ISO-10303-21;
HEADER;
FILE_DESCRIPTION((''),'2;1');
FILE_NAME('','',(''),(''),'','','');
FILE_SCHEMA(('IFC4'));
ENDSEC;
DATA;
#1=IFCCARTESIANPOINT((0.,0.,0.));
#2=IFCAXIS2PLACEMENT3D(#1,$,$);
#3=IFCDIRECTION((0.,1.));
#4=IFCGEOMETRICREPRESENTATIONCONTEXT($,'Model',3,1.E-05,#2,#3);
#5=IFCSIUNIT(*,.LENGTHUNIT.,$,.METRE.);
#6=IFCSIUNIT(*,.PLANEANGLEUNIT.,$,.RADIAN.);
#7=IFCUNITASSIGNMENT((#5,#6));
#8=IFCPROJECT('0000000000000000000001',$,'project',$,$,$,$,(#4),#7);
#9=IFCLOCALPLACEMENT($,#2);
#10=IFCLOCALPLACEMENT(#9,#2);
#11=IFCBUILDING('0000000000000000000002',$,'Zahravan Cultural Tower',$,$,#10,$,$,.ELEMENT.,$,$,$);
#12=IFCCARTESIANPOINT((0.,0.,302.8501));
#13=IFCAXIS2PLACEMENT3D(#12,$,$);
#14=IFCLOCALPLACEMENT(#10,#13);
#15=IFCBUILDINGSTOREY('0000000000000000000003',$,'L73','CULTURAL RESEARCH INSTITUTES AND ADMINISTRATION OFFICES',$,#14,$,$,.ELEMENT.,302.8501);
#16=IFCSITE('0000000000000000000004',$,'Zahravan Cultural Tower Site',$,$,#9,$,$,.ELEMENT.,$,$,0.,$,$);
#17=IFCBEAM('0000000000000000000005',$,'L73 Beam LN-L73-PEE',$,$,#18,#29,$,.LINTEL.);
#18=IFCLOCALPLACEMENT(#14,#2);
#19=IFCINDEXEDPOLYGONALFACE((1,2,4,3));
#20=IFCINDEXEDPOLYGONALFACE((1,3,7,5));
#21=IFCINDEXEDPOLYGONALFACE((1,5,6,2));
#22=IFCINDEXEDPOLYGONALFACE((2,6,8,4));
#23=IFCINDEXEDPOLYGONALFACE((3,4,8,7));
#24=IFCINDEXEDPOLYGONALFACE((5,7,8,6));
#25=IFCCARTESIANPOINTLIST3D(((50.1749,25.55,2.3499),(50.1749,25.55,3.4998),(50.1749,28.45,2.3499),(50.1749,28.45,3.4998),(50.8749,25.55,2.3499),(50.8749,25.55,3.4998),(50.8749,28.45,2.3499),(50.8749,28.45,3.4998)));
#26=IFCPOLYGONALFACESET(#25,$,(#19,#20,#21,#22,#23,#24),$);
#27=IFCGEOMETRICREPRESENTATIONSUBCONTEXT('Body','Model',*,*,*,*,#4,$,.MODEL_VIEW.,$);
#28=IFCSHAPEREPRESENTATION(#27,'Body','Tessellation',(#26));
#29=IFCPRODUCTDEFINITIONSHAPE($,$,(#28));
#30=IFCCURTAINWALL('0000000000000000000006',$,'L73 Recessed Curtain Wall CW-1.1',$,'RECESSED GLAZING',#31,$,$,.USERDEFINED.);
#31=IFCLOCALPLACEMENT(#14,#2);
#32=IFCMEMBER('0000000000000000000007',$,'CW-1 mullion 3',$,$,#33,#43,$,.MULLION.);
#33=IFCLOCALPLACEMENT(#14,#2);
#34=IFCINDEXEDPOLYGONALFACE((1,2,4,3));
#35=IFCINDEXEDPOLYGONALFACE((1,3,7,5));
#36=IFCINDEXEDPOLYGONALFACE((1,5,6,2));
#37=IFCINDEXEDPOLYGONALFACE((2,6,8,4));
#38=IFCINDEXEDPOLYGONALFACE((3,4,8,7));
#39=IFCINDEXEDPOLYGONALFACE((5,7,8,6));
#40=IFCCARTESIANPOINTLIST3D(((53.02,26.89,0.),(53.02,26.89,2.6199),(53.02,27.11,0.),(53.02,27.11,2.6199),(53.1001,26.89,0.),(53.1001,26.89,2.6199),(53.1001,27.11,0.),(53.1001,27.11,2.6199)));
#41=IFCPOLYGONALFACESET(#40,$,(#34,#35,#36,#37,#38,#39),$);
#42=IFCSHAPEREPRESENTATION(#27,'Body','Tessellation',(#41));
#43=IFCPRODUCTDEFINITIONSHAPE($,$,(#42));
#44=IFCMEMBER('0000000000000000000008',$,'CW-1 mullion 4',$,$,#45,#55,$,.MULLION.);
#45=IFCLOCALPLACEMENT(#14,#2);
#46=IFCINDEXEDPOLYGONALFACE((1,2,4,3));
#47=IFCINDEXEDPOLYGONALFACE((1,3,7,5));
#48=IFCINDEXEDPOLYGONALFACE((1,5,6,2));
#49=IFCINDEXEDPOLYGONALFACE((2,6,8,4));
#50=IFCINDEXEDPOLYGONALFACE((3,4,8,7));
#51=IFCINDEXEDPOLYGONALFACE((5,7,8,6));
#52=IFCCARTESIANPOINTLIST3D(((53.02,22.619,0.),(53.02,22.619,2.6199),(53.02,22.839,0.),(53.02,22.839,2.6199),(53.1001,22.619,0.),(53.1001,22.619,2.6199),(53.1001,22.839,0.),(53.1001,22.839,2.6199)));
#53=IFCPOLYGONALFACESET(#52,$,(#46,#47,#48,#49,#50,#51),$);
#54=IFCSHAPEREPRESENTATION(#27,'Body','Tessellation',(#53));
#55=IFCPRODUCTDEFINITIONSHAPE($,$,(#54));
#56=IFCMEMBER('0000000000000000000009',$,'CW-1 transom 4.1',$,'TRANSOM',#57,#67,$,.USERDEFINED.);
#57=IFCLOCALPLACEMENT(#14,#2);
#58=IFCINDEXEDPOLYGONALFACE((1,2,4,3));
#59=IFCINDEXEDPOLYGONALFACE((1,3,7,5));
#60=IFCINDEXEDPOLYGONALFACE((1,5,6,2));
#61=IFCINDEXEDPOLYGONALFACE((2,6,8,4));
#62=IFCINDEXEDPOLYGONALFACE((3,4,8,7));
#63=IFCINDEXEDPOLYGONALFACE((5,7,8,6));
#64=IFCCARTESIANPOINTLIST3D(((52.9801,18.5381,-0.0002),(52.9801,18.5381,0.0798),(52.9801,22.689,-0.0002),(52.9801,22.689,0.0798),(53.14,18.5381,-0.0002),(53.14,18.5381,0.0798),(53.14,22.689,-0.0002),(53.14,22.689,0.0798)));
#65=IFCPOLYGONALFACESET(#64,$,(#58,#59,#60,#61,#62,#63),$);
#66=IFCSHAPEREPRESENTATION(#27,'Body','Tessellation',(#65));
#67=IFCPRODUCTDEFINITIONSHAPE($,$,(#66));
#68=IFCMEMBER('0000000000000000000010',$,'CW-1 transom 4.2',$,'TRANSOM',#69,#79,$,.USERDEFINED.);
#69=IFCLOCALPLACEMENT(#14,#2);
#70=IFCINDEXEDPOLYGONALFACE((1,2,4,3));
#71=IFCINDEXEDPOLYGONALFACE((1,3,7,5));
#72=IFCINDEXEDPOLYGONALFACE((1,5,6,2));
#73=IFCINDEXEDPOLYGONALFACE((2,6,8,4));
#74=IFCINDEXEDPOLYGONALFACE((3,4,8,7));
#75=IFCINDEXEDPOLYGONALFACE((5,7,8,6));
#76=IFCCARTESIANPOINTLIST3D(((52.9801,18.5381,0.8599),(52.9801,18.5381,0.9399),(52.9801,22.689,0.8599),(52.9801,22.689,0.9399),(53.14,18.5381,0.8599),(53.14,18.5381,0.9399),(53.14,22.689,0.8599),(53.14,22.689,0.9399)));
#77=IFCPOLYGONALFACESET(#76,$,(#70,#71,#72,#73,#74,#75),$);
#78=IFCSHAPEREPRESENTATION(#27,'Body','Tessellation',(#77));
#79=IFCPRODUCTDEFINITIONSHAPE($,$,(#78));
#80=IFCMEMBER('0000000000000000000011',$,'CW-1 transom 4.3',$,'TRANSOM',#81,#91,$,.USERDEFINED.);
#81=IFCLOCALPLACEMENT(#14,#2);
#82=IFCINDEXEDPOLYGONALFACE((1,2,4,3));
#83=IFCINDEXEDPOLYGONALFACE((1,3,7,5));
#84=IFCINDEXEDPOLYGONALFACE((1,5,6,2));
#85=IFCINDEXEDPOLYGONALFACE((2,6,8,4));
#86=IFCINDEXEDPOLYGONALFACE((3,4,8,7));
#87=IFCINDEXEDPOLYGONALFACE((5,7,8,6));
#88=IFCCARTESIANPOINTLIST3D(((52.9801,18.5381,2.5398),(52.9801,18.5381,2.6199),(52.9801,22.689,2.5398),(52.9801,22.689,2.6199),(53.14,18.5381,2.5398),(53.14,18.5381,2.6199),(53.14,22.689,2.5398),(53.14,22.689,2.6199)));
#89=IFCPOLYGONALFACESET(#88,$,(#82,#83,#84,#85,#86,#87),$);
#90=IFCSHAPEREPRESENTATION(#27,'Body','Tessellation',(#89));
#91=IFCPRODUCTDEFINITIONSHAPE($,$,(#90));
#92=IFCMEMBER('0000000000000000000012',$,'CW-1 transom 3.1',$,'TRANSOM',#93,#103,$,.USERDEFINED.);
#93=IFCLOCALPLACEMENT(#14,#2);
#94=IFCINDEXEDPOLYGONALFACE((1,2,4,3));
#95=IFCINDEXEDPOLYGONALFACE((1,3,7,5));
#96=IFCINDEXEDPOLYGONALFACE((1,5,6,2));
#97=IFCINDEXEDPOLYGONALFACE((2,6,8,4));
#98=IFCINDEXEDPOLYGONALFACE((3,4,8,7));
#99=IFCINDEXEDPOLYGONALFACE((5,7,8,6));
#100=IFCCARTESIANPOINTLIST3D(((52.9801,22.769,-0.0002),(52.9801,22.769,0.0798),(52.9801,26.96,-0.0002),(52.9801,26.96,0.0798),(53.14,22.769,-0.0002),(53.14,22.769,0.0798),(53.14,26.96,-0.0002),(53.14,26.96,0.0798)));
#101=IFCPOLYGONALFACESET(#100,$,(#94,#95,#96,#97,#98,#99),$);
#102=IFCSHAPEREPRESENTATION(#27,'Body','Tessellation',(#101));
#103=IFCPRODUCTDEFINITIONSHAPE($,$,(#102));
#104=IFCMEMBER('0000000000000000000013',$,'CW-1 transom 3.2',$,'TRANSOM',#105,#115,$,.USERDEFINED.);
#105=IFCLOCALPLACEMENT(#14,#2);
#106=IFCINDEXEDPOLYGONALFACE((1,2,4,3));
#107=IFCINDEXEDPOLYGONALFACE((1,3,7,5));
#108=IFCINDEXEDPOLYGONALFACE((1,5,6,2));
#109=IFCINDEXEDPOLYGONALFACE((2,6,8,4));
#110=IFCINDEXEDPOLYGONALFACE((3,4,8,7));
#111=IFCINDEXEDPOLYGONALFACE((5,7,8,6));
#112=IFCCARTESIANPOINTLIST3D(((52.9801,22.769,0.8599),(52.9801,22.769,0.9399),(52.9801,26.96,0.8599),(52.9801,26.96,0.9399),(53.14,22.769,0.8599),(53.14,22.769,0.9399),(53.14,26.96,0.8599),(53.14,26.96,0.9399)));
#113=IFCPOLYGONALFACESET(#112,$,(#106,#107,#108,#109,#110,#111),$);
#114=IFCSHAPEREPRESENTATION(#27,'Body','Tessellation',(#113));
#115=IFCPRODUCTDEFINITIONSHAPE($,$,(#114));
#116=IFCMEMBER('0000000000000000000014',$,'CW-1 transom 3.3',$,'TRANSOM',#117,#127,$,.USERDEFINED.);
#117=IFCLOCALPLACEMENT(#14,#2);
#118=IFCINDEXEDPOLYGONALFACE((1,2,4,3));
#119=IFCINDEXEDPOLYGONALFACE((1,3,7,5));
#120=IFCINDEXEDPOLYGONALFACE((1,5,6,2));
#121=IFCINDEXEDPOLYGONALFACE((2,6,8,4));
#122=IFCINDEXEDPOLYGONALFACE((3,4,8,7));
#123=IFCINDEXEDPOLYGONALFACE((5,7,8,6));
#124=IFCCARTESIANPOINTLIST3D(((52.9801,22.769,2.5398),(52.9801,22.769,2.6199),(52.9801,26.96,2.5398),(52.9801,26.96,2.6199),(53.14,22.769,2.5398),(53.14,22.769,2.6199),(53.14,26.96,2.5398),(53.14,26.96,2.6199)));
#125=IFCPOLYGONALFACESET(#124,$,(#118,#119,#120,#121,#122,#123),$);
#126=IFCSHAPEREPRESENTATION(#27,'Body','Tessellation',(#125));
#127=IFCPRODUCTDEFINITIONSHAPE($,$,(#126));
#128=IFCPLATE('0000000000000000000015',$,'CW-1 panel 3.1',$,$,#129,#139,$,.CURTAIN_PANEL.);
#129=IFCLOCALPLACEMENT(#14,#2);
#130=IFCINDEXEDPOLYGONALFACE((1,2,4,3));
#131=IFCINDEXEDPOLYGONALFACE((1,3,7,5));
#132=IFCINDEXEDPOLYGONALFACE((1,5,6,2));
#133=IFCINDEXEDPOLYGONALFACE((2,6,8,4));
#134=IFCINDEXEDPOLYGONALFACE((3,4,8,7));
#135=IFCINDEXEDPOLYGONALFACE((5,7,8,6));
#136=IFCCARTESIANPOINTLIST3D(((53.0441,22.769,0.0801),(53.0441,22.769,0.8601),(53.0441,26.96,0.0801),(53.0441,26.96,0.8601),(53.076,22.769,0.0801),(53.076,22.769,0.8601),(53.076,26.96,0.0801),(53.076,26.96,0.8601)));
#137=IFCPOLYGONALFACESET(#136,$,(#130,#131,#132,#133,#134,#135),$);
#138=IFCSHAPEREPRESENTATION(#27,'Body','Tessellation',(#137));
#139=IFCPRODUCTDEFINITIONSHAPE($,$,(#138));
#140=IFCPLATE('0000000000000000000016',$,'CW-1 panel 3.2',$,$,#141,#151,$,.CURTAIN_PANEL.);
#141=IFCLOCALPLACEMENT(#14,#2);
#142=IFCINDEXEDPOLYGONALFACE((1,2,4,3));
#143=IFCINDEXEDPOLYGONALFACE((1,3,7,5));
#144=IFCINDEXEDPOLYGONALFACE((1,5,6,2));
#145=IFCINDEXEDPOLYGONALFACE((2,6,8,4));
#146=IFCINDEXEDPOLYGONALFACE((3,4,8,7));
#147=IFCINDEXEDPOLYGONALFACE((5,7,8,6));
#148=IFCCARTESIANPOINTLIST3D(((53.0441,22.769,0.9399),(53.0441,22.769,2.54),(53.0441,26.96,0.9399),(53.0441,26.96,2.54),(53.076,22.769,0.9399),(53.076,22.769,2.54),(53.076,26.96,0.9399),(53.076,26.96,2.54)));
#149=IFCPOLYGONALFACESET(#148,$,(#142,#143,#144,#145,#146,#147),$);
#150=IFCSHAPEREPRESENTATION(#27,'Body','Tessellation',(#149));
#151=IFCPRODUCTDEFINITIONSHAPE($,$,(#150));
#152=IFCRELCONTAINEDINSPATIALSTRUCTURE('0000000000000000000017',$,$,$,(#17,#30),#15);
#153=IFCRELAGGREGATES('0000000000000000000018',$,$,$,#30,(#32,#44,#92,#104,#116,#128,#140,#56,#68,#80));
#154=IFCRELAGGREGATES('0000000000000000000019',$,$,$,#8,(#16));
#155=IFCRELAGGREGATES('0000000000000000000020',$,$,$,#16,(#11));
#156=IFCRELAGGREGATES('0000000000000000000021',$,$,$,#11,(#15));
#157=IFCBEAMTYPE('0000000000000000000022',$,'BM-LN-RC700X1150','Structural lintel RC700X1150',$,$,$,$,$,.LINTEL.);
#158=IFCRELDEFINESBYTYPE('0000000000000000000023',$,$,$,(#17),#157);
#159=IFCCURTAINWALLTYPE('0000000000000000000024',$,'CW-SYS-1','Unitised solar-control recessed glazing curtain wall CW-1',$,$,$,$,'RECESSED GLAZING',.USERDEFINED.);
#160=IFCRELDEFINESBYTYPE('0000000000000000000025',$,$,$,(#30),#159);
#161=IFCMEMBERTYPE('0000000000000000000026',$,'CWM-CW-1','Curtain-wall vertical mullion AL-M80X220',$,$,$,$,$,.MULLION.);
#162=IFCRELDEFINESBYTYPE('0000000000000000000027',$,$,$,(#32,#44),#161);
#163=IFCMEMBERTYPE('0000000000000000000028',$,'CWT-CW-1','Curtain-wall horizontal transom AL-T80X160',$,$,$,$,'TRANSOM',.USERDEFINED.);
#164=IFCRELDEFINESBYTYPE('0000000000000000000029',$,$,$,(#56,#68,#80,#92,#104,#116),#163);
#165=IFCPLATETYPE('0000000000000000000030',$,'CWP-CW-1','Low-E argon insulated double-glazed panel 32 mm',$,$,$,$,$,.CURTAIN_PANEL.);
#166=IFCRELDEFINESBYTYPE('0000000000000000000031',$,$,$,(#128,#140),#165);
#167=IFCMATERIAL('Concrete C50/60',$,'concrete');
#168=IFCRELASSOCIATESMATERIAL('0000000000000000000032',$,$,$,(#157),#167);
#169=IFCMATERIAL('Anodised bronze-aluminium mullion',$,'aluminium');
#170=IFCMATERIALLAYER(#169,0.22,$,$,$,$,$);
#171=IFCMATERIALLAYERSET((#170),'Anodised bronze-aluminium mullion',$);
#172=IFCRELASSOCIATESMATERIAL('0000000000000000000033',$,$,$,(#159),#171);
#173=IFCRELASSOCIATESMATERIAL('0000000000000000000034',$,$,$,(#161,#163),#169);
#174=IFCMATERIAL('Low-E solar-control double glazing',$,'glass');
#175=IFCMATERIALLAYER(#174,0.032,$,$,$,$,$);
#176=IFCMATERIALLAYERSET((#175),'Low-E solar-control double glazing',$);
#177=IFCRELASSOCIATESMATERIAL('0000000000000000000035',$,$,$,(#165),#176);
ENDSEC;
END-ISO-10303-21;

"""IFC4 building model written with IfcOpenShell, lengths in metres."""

from ifc_helpers import new_model, si_unit, direction, frame, origin, origin_2d, place, context, subcontext, project, spatial, rectangle, extrude, source, transform, mapped, material, layer, layer_set, material_profile, profile_set, type_object, element, aggregate, save


model = new_model("IFC4")

# Units and contexts
model_context = context("Model", 3, precision=1e-05, world=origin(), true_north=direction((0.0, 1.0)))
body_context = subcontext(model_context, "Body", "Model", "MODEL_VIEW")
ifc_project = project(units=[si_unit("LENGTHUNIT", "METRE"), si_unit("PLANEANGLEUNIT", "RADIAN")], contexts=[model_context])

# Site, building, storey
site_placement = place(None, origin())
site = spatial("IfcSite", under=ifc_project, at=site_placement, Name="Zahravan Cultural Tower Site", CompositionType="ELEMENT", RefElevation=0.0)
building_placement = place(site_placement, origin())
building = spatial("IfcBuilding", under=site, at=building_placement, Name="Zahravan Cultural Tower", CompositionType="ELEMENT")
storey_placement = place(building_placement, frame((0.0, 0.0, 302.8501)))
storey = spatial("IfcBuildingStorey", under=building, at=storey_placement, Name="L73", Description="CULTURAL RESEARCH INSTITUTES AND ADMINISTRATION OFFICES", CompositionType="ELEMENT", Elevation=302.8501)

# Beam
ifc_material_1 = material(Name="Concrete C50/60", Category="concrete")
ifc_material_profile_1 = material_profile(ifc_material_1, rectangle(XDim=0.7, YDim=1.1499, at=origin_2d()), Name="RC700X1150")
ifc_profile_set_1 = profile_set([ifc_material_profile_1], Name="Concrete C50/60")
beam_type = type_object("IfcBeamType", Name="BM-LN-RC700X1150", Description="Structural lintel RC700X1150", PredefinedType="LINTEL", material=ifc_profile_set_1)
shared_shape_1 = source(origin(), body_context, "Body", "SweptSolid", [
    extrude(rectangle(XDim=0.7, YDim=1.1499, at=origin_2d()), origin(), (0.0, 0.0, 1.0), 2.8999),
])
beam_placement = place(storey_placement, frame((50.5249, 25.55, 2.9248), z_axis=(0.0, 1.0, 0.0), x_axis=(-1.0, 0.0, 0.0)))
element("IfcBeam", 1, at=beam_placement, inside=storey, type_object=beam_type, Name="L73 Beam LN-L73-PEE", PredefinedType="LINTEL", context=body_context, shape_type="MappedRepresentation", body=[
    mapped(shared_shape_1, transform((0.0, 0.0, 0.0), x_axis=(1.0, 0.0, 0.0), y_axis=(0.0, 1.0, 0.0), z_axis=(0.0, 0.0, 1.0), scale=1.0)),
])

# Curtain wall, members, plates
ifc_material_2 = material(Name="Anodised bronze-aluminium mullion", Category="aluminium")
ifc_layer_1 = layer(ifc_material_2, 0.22)
ifc_layer_set_1 = layer_set([ifc_layer_1], Name="Anodised bronze-aluminium mullion")
curtain_wall_type = type_object("IfcCurtainWallType", Name="CW-SYS-1", Description="Unitised solar-control recessed glazing curtain wall CW-1", ElementType="RECESSED GLAZING", PredefinedType="USERDEFINED", material=ifc_layer_set_1)
curtain_wall_placement = place(storey_placement, origin())
curtain_wall = element("IfcCurtainWall", 2, at=curtain_wall_placement, inside=storey, type_object=curtain_wall_type, Name="L73 Recessed Curtain Wall CW-1.1", ObjectType="RECESSED GLAZING", PredefinedType="USERDEFINED")
ifc_material_profile_2 = material_profile(ifc_material_2, rectangle(XDim=0.0801, YDim=0.22, at=origin_2d()), Name="AL-M80X220")
ifc_profile_set_2 = profile_set([ifc_material_profile_2], Name="Anodised bronze-aluminium mullion")
member_type_1 = type_object("IfcMemberType", Name="CWM-CW-1", Description="Curtain-wall vertical mullion AL-M80X220", PredefinedType="MULLION", material=ifc_profile_set_2)
shared_shape_2 = source(origin(), body_context, "Body", "SweptSolid", [
    extrude(rectangle(XDim=0.0801, YDim=0.22, at=origin_2d()), origin(), (0.0, 0.0, 1.0), 2.6199),
])
member_1_placement = place(storey_placement, frame((53.0601, 27.0, 0.0), z_axis=(0.0, 0.0, 1.0), x_axis=(1.0, 0.0, 0.0)))
member_1 = element("IfcMember", 3, at=member_1_placement, type_object=member_type_1, Name="CW-1 mullion 3", PredefinedType="MULLION", context=body_context, shape_type="MappedRepresentation", body=[
    mapped(shared_shape_2, transform((0.0, 0.0, 0.0), x_axis=(1.0, 0.0, 0.0), y_axis=(0.0, 1.0, 0.0), z_axis=(0.0, 0.0, 1.0), scale=1.0)),
])
member_2_placement = place(storey_placement, frame((53.0601, 22.729, 0.0), z_axis=(0.0, 0.0, 1.0), x_axis=(1.0, 0.0, 0.0)))
member_2 = element("IfcMember", 4, at=member_2_placement, type_object=member_type_1, Name="CW-1 mullion 4", PredefinedType="MULLION", context=body_context, shape_type="MappedRepresentation", body=[
    mapped(shared_shape_2, transform((0.0, 0.0, 0.0), x_axis=(1.0, 0.0, 0.0), y_axis=(0.0, 1.0, 0.0), z_axis=(0.0, 0.0, 1.0), scale=1.0)),
])
ifc_material_profile_3 = material_profile(ifc_material_2, rectangle(XDim=0.1599, YDim=0.0801, at=origin_2d()), Name="AL-T80X160")
ifc_profile_set_3 = profile_set([ifc_material_profile_3], Name="Anodised bronze-aluminium mullion")
member_type_2 = type_object("IfcMemberType", Name="CWT-CW-1", Description="Curtain-wall horizontal transom AL-T80X160", ElementType="TRANSOM", PredefinedType="USERDEFINED", material=ifc_profile_set_3)
shared_shape_3 = source(origin(), body_context, "Body", "SweptSolid", [
    extrude(rectangle(XDim=0.1599, YDim=0.0801, at=origin_2d()), origin(), (0.0, 0.0, 1.0), 4.1509),
])
member_3_placement = place(storey_placement, frame((53.0601, 22.689, 0.0398), z_axis=(0.0, -1.0, 0.0), x_axis=(1.0, 0.0, 0.0)))
member_3 = element("IfcMember", 5, at=member_3_placement, type_object=member_type_2, Name="CW-1 transom 4.1", ObjectType="TRANSOM", PredefinedType="USERDEFINED", context=body_context, shape_type="MappedRepresentation", body=[
    mapped(shared_shape_3, transform((0.0, 0.0, 0.0), x_axis=(1.0, 0.0, 0.0), y_axis=(0.0, 1.0, 0.0), z_axis=(0.0, 0.0, 1.0), scale=1.0)),
])
member_4_placement = place(storey_placement, frame((53.0601, 22.689, 0.8999), z_axis=(0.0, -1.0, 0.0), x_axis=(1.0, 0.0, 0.0)))
member_4 = element("IfcMember", 6, at=member_4_placement, type_object=member_type_2, Name="CW-1 transom 4.2", ObjectType="TRANSOM", PredefinedType="USERDEFINED", context=body_context, shape_type="MappedRepresentation", body=[
    mapped(shared_shape_3, transform((0.0, 0.0, 0.0), x_axis=(1.0, 0.0, 0.0), y_axis=(0.0, 1.0, 0.0), z_axis=(0.0, 0.0, 1.0), scale=1.0)),
])
member_5_placement = place(storey_placement, frame((53.0601, 22.689, 2.5798), z_axis=(0.0, -1.0, 0.0), x_axis=(1.0, 0.0, 0.0)))
member_5 = element("IfcMember", 7, at=member_5_placement, type_object=member_type_2, Name="CW-1 transom 4.3", ObjectType="TRANSOM", PredefinedType="USERDEFINED", context=body_context, shape_type="MappedRepresentation", body=[
    mapped(shared_shape_3, transform((0.0, 0.0, 0.0), x_axis=(1.0, 0.0, 0.0), y_axis=(0.0, 1.0, 0.0), z_axis=(0.0, 0.0, 1.0), scale=1.0)),
])
shared_shape_4 = source(origin(), body_context, "Body", "SweptSolid", [
    extrude(rectangle(XDim=0.1599, YDim=0.0801, at=origin_2d()), origin(), (0.0, 0.0, 1.0), 4.1909),
])
member_6_placement = place(storey_placement, frame((53.0601, 26.96, 0.0398), z_axis=(0.0, -1.0, 0.0), x_axis=(1.0, 0.0, 0.0)))
member_6 = element("IfcMember", 8, at=member_6_placement, type_object=member_type_2, Name="CW-1 transom 3.1", ObjectType="TRANSOM", PredefinedType="USERDEFINED", context=body_context, shape_type="MappedRepresentation", body=[
    mapped(shared_shape_4, transform((0.0, 0.0, 0.0), x_axis=(1.0, 0.0, 0.0), y_axis=(0.0, 1.0, 0.0), z_axis=(0.0, 0.0, 1.0), scale=1.0)),
])
member_7_placement = place(storey_placement, frame((53.0601, 26.96, 0.8999), z_axis=(0.0, -1.0, 0.0), x_axis=(1.0, 0.0, 0.0)))
member_7 = element("IfcMember", 9, at=member_7_placement, type_object=member_type_2, Name="CW-1 transom 3.2", ObjectType="TRANSOM", PredefinedType="USERDEFINED", context=body_context, shape_type="MappedRepresentation", body=[
    mapped(shared_shape_4, transform((0.0, 0.0, 0.0), x_axis=(1.0, 0.0, 0.0), y_axis=(0.0, 1.0, 0.0), z_axis=(0.0, 0.0, 1.0), scale=1.0)),
])
member_8_placement = place(storey_placement, frame((53.0601, 26.96, 2.5798), z_axis=(0.0, -1.0, 0.0), x_axis=(1.0, 0.0, 0.0)))
member_8 = element("IfcMember", 10, at=member_8_placement, type_object=member_type_2, Name="CW-1 transom 3.3", ObjectType="TRANSOM", PredefinedType="USERDEFINED", context=body_context, shape_type="MappedRepresentation", body=[
    mapped(shared_shape_4, transform((0.0, 0.0, 0.0), x_axis=(1.0, 0.0, 0.0), y_axis=(0.0, 1.0, 0.0), z_axis=(0.0, 0.0, 1.0), scale=1.0)),
])
ifc_material_3 = material(Name="Low-E solar-control double glazing", Category="glass")
ifc_layer_2 = layer(ifc_material_3, 0.032)
ifc_layer_set_2 = layer_set([ifc_layer_2], Name="Low-E solar-control double glazing")
plate_type = type_object("IfcPlateType", Name="CWP-CW-1", Description="Low-E argon insulated double-glazed panel 32 mm", PredefinedType="CURTAIN_PANEL", material=ifc_layer_set_2)
shared_shape_5 = source(origin(), body_context, "Body", "SweptSolid", [
    extrude(rectangle(XDim=4.1909, YDim=0.032, at=origin_2d()), origin(), (0.0, 0.0, 1.0), 0.78),
])
plate_1_placement = place(storey_placement, frame((53.0601, 24.8645, 0.0801), z_axis=(0.0, 0.0, 1.0), x_axis=(0.0, -1.0, 0.0)))
plate_1 = element("IfcPlate", 11, at=plate_1_placement, type_object=plate_type, Name="CW-1 panel 3.1", PredefinedType="CURTAIN_PANEL", context=body_context, shape_type="MappedRepresentation", body=[
    mapped(shared_shape_5, transform((0.0, 0.0, 0.0), x_axis=(1.0, 0.0, 0.0), y_axis=(0.0, 1.0, 0.0), z_axis=(0.0, 0.0, 1.0), scale=1.0)),
])
shared_shape_6 = source(origin(), body_context, "Body", "SweptSolid", [
    extrude(rectangle(XDim=4.1909, YDim=0.032, at=origin_2d()), origin(), (0.0, 0.0, 1.0), 1.6001),
])
plate_2_placement = place(storey_placement, frame((53.0601, 24.8645, 0.9399), z_axis=(0.0, 0.0, 1.0), x_axis=(0.0, -1.0, 0.0)))
plate_2 = element("IfcPlate", 12, at=plate_2_placement, type_object=plate_type, Name="CW-1 panel 3.2", PredefinedType="CURTAIN_PANEL", context=body_context, shape_type="MappedRepresentation", body=[
    mapped(shared_shape_6, transform((0.0, 0.0, 0.0), x_axis=(1.0, 0.0, 0.0), y_axis=(0.0, 1.0, 0.0), z_axis=(0.0, 0.0, 1.0), scale=1.0)),
])
aggregate(curtain_wall, [member_1, member_2, member_6, member_7, member_8, plate_1, plate_2, member_3, member_4, member_5])

save(model, "model.ifc")
